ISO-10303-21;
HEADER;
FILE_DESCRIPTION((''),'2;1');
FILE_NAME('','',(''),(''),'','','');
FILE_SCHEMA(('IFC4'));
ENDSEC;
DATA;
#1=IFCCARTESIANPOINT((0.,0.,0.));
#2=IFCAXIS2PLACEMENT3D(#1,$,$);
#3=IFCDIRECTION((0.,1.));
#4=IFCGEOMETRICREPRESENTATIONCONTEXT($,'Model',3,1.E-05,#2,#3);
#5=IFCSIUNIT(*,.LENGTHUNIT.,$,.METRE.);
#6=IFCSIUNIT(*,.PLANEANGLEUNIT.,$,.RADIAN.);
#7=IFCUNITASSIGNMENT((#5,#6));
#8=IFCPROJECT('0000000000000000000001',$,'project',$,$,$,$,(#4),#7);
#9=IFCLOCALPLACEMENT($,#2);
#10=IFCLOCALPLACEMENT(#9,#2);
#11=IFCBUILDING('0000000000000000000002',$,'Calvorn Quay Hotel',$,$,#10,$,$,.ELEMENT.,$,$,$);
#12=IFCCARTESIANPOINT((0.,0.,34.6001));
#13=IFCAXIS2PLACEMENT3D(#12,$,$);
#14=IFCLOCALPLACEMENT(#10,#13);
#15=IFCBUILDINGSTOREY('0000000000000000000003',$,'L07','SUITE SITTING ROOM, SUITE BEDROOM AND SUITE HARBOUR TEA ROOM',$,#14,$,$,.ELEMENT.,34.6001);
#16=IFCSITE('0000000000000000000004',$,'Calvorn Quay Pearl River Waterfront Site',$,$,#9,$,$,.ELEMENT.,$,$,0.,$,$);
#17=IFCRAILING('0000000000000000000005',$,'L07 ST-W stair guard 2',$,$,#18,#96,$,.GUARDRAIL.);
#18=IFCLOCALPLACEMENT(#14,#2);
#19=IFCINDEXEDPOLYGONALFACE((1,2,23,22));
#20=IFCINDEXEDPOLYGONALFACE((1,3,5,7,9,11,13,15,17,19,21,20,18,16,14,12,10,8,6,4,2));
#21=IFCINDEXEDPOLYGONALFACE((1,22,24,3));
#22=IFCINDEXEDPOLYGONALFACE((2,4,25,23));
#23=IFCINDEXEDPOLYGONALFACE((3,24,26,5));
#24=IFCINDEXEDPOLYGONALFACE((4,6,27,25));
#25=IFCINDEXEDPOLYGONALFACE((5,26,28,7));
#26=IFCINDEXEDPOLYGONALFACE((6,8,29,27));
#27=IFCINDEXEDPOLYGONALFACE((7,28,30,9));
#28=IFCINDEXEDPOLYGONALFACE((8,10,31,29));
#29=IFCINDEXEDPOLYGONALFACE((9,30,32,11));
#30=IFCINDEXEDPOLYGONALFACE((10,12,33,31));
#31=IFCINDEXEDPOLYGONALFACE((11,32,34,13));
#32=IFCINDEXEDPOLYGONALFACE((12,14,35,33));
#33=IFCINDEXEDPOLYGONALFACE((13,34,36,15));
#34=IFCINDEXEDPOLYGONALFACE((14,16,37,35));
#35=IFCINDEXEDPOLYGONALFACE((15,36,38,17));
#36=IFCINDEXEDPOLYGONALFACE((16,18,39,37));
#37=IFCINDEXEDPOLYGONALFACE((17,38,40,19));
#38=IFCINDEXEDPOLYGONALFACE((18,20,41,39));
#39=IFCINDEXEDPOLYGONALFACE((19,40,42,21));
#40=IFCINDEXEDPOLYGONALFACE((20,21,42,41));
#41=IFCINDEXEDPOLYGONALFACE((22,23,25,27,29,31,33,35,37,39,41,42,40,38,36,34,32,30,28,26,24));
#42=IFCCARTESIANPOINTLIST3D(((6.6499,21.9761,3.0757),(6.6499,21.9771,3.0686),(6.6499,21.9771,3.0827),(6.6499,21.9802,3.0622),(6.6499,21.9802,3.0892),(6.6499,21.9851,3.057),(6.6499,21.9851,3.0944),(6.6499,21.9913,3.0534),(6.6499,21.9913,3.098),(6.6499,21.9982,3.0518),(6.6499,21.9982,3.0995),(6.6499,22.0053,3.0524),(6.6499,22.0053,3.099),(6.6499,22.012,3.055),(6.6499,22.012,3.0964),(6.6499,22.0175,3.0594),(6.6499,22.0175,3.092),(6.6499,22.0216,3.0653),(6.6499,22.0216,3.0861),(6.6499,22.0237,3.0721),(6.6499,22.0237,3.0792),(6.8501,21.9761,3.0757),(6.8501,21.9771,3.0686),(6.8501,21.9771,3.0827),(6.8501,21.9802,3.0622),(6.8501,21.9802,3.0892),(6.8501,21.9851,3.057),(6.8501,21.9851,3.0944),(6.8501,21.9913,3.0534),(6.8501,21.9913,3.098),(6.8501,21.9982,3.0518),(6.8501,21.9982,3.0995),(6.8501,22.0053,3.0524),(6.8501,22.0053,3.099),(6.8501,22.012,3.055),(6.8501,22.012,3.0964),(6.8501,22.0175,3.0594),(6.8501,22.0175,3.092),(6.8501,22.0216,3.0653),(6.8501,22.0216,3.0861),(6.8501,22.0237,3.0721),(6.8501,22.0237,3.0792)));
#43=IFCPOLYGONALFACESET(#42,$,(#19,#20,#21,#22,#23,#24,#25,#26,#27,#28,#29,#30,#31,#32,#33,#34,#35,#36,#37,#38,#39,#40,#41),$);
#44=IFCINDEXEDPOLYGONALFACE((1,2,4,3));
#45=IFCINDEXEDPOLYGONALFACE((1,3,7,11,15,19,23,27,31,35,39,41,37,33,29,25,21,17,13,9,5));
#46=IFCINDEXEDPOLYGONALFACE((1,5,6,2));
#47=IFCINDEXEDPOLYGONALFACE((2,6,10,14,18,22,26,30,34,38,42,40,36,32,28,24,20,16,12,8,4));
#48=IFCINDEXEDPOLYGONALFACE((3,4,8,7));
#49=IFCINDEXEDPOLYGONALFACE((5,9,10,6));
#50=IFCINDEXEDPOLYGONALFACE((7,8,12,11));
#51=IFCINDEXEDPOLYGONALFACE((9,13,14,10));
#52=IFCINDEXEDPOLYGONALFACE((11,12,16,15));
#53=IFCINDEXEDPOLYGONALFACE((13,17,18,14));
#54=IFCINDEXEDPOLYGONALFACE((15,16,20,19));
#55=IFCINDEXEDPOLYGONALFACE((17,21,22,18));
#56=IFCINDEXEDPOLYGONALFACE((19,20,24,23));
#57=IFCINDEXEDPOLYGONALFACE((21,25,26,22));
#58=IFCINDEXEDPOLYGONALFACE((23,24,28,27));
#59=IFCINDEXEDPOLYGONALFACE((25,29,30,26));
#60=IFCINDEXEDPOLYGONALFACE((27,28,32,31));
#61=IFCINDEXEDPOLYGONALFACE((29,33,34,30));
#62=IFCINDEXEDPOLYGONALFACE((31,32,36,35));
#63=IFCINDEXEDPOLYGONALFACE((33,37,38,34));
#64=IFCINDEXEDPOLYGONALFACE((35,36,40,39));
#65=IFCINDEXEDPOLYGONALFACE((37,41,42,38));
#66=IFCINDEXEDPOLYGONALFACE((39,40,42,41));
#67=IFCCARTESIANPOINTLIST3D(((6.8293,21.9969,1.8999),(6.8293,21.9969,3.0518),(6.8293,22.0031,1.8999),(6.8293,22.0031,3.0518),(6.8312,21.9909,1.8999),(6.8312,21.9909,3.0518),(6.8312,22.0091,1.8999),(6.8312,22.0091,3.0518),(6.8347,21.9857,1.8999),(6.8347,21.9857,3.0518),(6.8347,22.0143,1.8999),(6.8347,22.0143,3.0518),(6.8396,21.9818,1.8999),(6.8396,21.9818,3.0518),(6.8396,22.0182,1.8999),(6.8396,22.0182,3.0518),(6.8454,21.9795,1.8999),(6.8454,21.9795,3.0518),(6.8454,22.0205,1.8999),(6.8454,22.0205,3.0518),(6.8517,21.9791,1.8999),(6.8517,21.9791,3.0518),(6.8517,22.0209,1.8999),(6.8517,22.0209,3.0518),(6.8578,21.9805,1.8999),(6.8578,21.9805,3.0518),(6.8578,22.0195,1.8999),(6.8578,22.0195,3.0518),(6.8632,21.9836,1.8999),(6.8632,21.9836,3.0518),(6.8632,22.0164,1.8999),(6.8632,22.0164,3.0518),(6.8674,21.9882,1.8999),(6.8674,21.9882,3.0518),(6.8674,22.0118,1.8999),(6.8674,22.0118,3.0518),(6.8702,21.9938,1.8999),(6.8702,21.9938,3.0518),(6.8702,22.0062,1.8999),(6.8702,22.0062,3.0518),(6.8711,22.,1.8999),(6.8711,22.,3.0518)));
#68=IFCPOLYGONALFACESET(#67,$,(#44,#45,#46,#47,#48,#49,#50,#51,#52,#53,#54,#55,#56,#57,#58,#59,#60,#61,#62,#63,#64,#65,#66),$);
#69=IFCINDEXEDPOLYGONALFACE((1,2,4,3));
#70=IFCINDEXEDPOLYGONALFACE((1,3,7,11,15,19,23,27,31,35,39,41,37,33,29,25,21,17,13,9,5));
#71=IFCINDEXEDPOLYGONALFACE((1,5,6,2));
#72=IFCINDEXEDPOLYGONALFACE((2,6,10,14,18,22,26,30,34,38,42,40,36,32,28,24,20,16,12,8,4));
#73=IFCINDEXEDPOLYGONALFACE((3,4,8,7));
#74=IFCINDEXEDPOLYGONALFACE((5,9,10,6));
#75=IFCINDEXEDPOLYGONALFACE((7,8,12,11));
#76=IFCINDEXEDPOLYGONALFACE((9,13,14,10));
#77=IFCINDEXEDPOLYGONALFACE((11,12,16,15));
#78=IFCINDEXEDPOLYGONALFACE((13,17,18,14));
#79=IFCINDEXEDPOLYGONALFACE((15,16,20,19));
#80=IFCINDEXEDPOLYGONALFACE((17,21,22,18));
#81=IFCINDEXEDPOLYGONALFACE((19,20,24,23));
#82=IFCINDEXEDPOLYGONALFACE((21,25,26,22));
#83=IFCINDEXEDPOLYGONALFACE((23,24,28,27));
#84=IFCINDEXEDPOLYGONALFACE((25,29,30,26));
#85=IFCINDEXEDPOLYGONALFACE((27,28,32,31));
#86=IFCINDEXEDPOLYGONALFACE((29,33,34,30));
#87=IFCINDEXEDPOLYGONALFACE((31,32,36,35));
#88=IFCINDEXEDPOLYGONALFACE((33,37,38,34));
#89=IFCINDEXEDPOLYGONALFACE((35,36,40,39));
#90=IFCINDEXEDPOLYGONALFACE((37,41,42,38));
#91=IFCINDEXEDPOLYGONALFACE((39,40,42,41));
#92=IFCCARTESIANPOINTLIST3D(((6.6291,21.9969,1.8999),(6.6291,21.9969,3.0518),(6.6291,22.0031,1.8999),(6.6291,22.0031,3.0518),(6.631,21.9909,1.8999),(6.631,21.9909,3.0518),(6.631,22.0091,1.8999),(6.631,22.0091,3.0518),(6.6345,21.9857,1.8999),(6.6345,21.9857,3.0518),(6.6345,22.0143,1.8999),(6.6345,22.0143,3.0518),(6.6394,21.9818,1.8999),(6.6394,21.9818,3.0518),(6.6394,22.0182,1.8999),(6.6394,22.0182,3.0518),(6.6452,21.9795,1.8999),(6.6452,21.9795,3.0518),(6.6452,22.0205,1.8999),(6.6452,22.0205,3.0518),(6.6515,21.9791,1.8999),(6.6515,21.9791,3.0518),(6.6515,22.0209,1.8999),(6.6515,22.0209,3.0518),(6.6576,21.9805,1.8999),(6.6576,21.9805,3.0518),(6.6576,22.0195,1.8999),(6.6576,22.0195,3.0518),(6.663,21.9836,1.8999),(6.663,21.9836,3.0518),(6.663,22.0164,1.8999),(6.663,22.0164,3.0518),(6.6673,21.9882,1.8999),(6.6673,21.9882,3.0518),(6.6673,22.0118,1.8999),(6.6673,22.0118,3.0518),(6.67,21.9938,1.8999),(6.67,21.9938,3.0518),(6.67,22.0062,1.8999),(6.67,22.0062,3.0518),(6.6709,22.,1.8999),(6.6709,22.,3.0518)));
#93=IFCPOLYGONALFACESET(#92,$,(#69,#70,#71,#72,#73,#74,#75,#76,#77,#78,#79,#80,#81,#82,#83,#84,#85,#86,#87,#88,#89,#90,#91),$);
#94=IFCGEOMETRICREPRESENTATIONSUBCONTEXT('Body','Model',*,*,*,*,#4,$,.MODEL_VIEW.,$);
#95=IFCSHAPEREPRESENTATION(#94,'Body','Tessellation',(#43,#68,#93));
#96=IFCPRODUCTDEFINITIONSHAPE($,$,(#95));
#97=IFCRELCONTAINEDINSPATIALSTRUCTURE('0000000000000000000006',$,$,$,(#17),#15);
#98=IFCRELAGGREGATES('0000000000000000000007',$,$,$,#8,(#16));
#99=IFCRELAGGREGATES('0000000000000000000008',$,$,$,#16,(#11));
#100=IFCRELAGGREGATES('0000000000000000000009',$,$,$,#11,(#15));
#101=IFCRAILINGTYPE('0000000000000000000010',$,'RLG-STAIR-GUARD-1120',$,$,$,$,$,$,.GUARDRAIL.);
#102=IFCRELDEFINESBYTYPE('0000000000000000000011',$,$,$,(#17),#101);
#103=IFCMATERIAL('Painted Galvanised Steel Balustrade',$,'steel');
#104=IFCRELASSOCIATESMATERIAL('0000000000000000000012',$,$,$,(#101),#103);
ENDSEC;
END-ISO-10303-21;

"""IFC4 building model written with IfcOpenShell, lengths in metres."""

from ifc_helpers import new_model, si_unit, direction, frame, origin, origin_2d, place, context, subcontext, project, spatial, circle, extrude, material, type_object, element, save


model = new_model("IFC4")

# Units and contexts
model_context = context("Model", 3, precision=1e-05, world=origin(), true_north=direction((0.0, 1.0)))
body_context = subcontext(model_context, "Body", "Model", "MODEL_VIEW")
ifc_project = project(units=[si_unit("LENGTHUNIT", "METRE"), si_unit("PLANEANGLEUNIT", "RADIAN")], contexts=[model_context])

# Site, building, storey
site_placement = place(None, origin())
site = spatial("IfcSite", under=ifc_project, at=site_placement, Name="Calvorn Quay Pearl River Waterfront Site", CompositionType="ELEMENT", RefElevation=0.0)
building_placement = place(site_placement, origin())
building = spatial("IfcBuilding", under=site, at=building_placement, Name="Calvorn Quay Hotel", CompositionType="ELEMENT")
storey_placement = place(building_placement, frame((0.0, 0.0, 34.6001)))
storey = spatial("IfcBuildingStorey", under=building, at=storey_placement, Name="L07", Description="SUITE SITTING ROOM, SUITE BEDROOM AND SUITE HARBOUR TEA ROOM", CompositionType="ELEMENT", Elevation=34.6001)

# Railing
ifc_material_1 = material(Name="Painted Galvanised Steel Balustrade", Category="steel")
railing_type_1 = type_object("IfcRailingType", Name="RLG-STAIR-GUARD-1120", PredefinedType="GUARDRAIL", material=ifc_material_1)
railing_1_placement = place(storey_placement, frame((6.8501, 22.0, 1.8999)))
element("IfcRailing", 1, at=railing_1_placement, inside=storey, type_object=railing_type_1, Name="L07 ST-W stair guard 2", PredefinedType="GUARDRAIL", context=body_context, shape_type="SweptSolid", body=[
    extrude(circle(Radius=0.0239, at=origin_2d()), frame((0.0, 0.0, 1.1758), z_axis=(-1.0, 0.0, 0.0), x_axis=(0.0, -1.0, 0.0)), (0.0, 0.0, 1.0), 0.2002),
    extrude(circle(Radius=0.021, at=origin_2d()), origin(), (0.0, 0.0, 1.0), 1.1519),
    extrude(circle(Radius=0.021, at=origin_2d()), frame((-0.2002, 0.0, 0.0)), (0.0, 0.0, 1.0), 1.1519),
])

save(model, "model.ifc")
